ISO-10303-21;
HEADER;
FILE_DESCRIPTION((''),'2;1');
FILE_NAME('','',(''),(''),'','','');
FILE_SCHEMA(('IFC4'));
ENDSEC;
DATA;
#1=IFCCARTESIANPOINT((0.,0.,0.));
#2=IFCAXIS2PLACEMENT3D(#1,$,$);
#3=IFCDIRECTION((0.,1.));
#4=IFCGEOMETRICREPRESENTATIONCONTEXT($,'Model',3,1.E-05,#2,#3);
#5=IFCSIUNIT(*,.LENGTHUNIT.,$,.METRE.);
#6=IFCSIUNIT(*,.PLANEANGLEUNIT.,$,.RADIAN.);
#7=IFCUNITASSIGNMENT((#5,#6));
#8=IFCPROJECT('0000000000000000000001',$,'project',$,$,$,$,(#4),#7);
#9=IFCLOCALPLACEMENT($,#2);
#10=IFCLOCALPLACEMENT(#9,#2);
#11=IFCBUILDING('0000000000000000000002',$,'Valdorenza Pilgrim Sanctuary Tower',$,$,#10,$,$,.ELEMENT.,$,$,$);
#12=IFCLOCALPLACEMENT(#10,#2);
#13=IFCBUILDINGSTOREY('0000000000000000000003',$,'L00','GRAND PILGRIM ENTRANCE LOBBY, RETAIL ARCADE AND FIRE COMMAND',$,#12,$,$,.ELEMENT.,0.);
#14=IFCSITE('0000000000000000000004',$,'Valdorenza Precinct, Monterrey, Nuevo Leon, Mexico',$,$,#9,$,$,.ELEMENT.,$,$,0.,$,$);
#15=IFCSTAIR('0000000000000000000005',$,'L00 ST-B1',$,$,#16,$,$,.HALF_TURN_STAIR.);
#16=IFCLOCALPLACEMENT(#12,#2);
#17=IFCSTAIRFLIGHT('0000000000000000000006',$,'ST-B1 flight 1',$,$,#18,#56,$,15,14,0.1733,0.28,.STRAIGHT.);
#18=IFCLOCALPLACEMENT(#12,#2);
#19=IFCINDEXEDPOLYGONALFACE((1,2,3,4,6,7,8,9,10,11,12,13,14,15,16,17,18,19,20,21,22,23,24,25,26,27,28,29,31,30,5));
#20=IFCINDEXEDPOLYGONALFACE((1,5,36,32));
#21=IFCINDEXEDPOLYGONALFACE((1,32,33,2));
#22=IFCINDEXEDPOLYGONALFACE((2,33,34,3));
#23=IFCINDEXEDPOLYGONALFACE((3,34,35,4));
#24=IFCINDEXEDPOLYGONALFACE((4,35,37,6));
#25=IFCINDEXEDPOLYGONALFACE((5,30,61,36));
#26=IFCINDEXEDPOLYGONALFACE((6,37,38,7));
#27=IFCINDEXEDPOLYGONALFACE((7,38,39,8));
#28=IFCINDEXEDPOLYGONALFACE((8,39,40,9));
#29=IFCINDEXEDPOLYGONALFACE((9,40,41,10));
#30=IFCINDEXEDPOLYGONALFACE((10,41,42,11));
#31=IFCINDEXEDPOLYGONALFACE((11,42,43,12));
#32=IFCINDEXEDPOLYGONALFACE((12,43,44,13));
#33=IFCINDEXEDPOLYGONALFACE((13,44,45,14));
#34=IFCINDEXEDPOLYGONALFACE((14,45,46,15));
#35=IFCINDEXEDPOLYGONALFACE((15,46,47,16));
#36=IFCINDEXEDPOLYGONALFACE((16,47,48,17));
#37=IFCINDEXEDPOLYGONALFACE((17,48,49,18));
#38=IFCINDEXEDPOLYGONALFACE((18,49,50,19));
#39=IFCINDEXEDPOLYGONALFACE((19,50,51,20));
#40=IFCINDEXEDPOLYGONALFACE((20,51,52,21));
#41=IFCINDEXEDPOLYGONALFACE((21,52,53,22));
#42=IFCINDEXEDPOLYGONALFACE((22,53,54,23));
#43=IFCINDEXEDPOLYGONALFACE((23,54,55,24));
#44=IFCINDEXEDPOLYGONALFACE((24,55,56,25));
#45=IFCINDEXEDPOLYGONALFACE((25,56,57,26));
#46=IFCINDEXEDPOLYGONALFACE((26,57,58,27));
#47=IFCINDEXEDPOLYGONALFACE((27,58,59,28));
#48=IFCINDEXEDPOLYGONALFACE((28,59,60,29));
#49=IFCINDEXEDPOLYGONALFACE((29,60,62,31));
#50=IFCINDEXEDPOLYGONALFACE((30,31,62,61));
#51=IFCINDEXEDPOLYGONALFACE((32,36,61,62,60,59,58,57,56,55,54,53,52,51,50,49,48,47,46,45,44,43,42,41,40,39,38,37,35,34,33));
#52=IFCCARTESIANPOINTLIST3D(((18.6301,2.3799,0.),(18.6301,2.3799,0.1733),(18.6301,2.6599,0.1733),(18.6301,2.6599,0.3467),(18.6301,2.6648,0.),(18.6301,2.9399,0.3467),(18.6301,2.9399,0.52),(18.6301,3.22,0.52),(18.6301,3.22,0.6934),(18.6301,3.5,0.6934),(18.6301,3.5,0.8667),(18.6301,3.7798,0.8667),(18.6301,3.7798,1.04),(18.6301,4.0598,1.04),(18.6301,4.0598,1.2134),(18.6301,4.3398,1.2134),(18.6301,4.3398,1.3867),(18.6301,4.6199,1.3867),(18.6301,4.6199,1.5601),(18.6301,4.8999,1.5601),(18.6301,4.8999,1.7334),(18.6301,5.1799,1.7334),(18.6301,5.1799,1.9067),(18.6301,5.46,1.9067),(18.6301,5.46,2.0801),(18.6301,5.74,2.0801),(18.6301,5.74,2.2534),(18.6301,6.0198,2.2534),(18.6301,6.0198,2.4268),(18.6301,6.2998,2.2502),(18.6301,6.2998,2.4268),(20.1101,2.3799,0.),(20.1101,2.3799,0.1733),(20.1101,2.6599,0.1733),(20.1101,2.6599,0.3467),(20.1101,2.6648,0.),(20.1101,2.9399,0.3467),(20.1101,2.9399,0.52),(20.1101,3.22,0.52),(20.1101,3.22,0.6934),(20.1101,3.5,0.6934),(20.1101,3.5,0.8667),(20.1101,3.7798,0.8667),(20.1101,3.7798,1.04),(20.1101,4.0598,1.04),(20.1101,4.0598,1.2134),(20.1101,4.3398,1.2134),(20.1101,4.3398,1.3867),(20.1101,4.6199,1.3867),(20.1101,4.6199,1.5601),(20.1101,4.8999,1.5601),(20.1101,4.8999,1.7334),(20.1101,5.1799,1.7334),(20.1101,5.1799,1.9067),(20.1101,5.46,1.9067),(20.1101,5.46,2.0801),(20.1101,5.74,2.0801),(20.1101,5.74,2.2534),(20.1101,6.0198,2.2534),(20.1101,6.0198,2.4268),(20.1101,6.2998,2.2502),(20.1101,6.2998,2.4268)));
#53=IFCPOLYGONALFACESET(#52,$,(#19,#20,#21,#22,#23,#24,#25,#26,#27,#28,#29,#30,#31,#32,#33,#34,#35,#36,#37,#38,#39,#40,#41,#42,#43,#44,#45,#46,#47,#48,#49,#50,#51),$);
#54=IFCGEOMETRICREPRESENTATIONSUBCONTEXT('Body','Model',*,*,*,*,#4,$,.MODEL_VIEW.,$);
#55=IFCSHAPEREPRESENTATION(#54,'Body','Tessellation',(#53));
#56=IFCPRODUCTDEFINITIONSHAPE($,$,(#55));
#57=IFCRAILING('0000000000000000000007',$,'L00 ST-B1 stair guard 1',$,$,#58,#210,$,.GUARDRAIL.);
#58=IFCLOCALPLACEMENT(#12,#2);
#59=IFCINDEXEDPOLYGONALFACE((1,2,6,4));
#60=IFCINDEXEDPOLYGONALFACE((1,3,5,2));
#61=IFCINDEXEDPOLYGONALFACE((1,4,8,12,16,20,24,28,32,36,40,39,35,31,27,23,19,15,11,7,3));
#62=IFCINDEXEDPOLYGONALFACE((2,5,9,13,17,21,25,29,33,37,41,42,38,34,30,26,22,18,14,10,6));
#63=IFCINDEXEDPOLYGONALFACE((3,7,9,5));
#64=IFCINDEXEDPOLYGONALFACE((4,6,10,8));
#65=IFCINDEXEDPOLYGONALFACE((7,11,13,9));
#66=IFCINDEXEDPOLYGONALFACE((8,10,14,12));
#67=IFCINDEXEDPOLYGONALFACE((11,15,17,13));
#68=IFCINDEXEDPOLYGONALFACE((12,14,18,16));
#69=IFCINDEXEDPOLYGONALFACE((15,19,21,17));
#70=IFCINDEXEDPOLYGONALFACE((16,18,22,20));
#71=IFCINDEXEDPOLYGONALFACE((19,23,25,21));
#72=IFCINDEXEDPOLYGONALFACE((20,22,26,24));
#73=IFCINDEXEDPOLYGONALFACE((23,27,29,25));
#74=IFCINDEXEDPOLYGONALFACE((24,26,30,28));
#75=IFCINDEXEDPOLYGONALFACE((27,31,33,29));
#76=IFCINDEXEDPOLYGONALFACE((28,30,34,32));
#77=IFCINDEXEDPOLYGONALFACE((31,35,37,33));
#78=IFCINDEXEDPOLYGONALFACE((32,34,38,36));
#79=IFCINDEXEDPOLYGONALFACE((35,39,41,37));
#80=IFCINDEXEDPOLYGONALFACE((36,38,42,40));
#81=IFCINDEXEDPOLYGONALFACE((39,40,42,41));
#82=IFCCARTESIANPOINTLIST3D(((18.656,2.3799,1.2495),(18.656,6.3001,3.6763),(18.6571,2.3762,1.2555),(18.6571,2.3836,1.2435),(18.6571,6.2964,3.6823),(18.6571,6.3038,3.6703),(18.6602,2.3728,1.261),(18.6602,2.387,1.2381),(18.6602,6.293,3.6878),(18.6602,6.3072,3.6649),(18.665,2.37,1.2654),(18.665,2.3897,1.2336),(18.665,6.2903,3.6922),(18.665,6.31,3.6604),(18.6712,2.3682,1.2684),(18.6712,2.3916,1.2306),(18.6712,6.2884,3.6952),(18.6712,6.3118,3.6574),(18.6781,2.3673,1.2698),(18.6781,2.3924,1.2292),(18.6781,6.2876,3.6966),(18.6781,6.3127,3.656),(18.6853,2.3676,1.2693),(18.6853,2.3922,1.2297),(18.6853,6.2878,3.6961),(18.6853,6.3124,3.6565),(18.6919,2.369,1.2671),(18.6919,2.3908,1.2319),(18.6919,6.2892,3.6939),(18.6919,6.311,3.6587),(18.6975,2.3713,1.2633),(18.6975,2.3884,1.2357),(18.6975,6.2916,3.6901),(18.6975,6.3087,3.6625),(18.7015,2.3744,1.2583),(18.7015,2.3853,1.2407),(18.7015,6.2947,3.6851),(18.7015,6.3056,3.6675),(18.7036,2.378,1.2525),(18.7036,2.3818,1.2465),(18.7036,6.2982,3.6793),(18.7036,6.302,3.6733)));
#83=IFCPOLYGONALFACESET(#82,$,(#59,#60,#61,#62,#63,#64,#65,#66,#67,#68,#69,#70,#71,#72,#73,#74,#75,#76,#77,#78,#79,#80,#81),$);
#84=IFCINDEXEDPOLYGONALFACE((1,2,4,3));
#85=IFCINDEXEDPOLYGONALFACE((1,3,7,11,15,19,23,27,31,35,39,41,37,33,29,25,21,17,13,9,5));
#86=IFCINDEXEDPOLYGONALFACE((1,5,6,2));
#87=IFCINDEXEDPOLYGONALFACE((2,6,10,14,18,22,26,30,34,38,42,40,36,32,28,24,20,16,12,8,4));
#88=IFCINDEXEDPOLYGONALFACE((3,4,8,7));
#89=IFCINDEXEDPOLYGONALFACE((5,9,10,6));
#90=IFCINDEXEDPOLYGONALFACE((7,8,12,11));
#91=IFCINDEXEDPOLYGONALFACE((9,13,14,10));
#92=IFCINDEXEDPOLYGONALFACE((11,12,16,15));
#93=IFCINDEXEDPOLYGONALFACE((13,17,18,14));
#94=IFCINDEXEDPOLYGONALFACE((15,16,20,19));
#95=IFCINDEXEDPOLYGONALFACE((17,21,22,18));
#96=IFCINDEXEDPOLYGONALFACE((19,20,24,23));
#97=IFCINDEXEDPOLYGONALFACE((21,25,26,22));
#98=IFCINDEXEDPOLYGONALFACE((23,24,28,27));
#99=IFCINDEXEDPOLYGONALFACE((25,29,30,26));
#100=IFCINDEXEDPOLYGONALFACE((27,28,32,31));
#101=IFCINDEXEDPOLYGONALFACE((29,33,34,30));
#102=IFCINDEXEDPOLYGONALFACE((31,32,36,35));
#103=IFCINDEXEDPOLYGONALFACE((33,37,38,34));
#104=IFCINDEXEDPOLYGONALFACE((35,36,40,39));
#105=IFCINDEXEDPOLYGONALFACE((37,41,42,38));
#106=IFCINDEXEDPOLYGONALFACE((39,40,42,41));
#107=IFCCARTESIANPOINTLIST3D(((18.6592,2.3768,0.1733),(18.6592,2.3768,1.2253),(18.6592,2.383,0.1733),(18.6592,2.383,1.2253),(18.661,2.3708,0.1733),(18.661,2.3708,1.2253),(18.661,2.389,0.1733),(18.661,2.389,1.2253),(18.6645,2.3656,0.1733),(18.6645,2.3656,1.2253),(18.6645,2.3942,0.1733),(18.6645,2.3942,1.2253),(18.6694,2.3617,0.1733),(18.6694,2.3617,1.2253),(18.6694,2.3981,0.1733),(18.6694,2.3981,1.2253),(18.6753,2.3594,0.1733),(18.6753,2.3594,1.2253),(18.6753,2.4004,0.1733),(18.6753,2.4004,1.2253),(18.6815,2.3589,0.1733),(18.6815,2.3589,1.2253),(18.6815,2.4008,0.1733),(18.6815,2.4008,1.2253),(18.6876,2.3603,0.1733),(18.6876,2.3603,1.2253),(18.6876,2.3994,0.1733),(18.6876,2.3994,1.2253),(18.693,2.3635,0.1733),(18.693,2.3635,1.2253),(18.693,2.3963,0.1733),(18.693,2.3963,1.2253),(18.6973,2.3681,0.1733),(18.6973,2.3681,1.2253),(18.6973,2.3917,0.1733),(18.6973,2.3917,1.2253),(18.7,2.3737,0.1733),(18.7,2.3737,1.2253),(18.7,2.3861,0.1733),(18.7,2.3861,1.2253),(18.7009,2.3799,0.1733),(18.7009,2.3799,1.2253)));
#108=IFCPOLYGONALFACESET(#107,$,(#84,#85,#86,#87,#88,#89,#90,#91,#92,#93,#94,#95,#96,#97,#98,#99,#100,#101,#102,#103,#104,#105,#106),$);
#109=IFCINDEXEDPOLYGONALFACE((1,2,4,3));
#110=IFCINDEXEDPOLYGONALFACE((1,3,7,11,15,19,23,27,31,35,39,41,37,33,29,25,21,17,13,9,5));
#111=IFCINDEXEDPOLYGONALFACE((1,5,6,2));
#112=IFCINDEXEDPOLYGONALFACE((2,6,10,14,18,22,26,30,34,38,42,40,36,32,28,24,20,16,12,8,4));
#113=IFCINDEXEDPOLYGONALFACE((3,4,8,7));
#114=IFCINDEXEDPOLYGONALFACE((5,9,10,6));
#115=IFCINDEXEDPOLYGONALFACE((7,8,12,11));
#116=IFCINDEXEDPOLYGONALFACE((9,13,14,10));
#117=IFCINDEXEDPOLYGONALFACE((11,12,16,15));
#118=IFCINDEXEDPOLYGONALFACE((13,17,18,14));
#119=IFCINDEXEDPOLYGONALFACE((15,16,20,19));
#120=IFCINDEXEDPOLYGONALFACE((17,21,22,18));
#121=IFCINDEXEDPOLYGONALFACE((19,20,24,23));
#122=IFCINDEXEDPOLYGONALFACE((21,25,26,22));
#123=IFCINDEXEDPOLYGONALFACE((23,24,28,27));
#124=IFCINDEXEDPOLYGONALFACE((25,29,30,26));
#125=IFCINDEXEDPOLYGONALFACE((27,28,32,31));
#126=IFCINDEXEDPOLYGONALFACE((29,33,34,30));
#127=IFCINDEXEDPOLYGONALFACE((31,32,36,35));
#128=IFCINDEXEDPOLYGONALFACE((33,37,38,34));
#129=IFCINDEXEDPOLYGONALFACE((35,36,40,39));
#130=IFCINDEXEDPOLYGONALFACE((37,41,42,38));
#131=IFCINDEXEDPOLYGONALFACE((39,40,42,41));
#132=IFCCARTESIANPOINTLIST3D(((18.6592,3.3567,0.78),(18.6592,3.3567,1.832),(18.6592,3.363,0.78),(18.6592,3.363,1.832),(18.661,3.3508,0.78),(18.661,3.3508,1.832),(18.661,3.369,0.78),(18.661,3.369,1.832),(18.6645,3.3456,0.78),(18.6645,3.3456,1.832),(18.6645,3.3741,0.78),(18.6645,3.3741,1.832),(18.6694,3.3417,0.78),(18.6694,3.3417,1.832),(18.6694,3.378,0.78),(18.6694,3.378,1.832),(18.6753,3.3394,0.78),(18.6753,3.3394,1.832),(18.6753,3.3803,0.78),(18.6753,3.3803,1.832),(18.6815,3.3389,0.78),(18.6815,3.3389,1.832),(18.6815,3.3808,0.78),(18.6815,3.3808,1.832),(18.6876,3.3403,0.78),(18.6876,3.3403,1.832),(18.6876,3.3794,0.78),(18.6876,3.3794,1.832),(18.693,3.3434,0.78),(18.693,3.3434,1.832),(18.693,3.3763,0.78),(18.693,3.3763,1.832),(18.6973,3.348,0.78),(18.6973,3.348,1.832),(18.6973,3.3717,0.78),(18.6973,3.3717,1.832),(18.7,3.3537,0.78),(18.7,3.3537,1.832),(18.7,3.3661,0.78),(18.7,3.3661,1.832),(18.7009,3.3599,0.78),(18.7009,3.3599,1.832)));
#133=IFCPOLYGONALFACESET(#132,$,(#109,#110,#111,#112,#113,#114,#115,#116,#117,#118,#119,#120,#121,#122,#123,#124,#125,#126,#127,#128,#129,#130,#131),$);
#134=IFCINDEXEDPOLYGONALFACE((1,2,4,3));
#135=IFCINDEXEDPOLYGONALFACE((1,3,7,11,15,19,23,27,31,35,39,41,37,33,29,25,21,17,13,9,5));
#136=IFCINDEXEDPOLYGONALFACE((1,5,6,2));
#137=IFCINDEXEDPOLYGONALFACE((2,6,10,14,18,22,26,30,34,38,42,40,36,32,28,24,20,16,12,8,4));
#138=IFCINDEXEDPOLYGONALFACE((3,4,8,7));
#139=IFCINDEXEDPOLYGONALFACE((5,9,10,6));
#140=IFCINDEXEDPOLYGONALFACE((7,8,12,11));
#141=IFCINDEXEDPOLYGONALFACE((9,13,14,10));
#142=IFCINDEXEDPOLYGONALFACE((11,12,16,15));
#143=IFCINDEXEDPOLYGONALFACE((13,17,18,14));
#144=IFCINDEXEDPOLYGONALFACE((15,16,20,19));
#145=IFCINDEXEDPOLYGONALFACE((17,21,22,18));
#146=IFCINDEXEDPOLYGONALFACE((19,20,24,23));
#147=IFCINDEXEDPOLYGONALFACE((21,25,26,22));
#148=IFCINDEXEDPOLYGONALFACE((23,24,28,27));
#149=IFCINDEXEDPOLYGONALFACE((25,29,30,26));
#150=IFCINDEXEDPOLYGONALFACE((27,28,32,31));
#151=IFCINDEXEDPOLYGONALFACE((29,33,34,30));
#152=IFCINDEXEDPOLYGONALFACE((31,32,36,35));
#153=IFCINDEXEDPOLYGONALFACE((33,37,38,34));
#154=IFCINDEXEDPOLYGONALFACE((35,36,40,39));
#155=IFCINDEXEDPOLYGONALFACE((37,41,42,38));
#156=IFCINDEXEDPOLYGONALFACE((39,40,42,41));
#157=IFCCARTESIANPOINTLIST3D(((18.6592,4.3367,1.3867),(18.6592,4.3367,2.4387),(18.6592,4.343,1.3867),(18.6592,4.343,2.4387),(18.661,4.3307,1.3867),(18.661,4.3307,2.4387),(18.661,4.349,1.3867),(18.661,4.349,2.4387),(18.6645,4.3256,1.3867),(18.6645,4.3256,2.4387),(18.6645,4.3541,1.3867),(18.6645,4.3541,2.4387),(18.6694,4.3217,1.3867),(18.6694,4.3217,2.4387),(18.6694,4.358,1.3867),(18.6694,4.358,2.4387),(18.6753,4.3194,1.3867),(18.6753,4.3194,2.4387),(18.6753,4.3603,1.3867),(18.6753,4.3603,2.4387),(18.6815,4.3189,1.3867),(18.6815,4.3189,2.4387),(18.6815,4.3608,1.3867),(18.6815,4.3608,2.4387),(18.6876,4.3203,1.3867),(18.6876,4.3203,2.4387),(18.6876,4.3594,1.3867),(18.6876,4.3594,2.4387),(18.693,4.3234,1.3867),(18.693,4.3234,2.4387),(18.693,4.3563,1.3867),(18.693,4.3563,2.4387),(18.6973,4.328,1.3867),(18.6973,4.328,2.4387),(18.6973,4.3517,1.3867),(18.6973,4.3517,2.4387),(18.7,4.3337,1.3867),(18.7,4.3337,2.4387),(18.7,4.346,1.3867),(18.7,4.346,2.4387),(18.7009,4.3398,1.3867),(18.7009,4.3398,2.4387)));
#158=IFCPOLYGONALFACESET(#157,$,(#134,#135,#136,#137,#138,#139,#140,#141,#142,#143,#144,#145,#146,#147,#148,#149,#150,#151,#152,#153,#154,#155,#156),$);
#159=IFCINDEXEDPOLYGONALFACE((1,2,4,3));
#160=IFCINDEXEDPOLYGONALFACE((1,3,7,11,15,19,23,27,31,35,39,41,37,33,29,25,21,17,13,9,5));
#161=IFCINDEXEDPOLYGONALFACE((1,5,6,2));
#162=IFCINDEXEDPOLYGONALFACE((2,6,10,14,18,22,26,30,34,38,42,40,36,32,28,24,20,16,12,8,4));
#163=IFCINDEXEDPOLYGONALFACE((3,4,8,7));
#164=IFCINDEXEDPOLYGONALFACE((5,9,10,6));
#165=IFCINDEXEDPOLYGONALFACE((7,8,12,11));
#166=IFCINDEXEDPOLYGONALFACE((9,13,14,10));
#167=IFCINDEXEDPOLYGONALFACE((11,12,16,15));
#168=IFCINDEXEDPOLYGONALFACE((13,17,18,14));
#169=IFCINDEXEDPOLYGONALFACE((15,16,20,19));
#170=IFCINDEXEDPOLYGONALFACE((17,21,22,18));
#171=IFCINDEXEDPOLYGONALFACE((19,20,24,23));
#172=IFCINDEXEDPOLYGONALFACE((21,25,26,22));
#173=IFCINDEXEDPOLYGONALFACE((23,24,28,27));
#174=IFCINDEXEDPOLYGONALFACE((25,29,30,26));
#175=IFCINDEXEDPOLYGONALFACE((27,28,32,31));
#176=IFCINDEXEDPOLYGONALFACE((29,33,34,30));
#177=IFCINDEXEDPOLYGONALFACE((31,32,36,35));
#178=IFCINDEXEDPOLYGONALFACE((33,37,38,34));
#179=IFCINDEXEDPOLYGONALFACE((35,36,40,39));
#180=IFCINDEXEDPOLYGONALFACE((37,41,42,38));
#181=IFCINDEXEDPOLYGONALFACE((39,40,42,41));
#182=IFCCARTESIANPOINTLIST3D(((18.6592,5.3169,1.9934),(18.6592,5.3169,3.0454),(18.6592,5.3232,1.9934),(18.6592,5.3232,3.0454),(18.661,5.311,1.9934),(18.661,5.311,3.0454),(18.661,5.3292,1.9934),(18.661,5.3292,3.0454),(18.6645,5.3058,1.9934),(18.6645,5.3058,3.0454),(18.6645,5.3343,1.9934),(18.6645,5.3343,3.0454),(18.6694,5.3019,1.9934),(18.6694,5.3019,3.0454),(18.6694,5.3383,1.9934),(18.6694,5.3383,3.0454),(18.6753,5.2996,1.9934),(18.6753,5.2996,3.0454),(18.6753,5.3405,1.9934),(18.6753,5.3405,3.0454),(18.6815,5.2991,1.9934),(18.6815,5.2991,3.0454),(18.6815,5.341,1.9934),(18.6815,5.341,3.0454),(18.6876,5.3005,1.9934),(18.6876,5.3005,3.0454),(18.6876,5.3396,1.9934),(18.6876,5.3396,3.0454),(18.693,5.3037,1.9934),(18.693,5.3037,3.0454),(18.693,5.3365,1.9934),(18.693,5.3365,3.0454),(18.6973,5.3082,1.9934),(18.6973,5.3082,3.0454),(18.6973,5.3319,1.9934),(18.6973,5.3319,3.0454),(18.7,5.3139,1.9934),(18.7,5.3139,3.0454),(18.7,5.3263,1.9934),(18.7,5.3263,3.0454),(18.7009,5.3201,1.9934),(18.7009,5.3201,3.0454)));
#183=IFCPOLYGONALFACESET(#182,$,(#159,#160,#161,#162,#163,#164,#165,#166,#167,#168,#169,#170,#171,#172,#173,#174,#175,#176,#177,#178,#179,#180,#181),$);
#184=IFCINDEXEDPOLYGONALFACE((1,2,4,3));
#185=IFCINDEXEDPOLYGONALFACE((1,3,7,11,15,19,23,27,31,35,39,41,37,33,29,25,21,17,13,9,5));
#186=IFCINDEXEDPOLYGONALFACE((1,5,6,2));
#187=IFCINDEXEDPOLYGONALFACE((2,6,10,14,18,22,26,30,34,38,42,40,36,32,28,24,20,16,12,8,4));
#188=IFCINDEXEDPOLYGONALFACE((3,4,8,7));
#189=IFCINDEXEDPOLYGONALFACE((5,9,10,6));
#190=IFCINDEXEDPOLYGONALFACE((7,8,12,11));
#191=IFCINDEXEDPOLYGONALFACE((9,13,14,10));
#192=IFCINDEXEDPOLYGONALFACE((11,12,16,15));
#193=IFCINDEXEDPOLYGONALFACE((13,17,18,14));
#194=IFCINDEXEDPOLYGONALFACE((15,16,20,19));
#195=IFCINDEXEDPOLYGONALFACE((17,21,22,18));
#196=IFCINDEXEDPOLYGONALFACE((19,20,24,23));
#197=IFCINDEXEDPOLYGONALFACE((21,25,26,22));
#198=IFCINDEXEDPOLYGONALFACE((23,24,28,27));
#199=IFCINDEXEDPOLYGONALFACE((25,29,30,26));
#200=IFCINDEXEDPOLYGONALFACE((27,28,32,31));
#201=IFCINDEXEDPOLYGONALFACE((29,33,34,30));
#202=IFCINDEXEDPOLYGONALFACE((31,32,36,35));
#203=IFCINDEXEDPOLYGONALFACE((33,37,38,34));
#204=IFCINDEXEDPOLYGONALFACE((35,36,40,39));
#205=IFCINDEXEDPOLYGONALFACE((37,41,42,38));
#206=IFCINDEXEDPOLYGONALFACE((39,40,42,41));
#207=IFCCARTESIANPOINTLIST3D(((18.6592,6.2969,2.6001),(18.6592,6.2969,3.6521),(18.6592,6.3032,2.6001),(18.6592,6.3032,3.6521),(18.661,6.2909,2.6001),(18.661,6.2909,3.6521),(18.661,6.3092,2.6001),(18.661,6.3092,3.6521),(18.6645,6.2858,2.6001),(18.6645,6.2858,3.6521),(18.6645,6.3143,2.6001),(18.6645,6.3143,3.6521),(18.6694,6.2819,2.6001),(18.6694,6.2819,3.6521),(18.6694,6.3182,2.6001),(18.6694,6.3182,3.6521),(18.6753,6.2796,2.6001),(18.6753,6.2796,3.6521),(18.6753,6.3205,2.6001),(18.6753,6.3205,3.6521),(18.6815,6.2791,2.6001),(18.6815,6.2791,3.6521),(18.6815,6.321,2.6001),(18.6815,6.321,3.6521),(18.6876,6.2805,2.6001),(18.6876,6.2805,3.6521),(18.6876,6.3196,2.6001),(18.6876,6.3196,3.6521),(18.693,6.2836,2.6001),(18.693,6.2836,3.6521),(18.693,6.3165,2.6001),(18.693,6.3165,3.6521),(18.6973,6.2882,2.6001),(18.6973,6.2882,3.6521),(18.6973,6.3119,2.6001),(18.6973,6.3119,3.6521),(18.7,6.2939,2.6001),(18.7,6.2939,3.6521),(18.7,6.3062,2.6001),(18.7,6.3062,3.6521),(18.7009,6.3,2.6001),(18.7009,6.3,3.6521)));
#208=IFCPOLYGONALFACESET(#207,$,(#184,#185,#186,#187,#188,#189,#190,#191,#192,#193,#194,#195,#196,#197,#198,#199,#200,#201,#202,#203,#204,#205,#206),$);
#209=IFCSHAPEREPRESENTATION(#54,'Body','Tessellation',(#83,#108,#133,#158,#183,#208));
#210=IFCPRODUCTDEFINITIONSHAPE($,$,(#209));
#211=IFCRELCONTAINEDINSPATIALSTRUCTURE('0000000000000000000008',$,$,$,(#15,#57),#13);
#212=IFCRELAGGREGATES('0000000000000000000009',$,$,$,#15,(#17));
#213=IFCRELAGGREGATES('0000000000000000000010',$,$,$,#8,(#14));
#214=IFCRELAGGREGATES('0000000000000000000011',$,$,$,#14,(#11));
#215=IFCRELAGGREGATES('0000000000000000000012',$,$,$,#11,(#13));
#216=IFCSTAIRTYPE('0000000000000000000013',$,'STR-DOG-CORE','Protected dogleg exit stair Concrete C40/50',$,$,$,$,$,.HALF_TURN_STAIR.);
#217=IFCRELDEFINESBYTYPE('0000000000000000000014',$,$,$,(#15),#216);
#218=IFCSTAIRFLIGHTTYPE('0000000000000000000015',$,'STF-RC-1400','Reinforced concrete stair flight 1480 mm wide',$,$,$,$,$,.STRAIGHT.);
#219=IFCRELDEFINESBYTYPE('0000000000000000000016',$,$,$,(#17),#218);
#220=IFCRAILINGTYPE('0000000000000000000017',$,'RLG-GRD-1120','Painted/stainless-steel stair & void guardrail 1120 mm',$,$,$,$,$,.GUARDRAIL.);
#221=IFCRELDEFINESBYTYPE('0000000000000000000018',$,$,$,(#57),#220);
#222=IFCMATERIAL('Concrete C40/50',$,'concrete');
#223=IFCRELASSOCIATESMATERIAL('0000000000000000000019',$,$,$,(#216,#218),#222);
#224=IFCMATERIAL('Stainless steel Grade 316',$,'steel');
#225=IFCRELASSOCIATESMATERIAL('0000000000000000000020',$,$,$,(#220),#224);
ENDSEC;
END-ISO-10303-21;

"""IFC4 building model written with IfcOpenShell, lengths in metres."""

from ifc_helpers import new_model, si_unit, direction, frame, origin, origin_2d, place, context, subcontext, project, spatial, polyline, circle, outline, extrude, material, type_object, element, aggregate, save


model = new_model("IFC4")

# Units and contexts
model_context = context("Model", 3, precision=1e-05, world=origin(), true_north=direction((0.0, 1.0)))
body_context = subcontext(model_context, "Body", "Model", "MODEL_VIEW")
ifc_project = project(units=[si_unit("LENGTHUNIT", "METRE"), si_unit("PLANEANGLEUNIT", "RADIAN")], contexts=[model_context])

# Site, building, storey
site_placement = place(None, origin())
site = spatial("IfcSite", under=ifc_project, at=site_placement, Name="Valdorenza Precinct, Monterrey, Nuevo Leon, Mexico", CompositionType="ELEMENT", RefElevation=0.0)
building_placement = place(site_placement, origin())
building = spatial("IfcBuilding", under=site, at=building_placement, Name="Valdorenza Pilgrim Sanctuary Tower", CompositionType="ELEMENT")
storey_placement = place(building_placement, origin())
storey = spatial("IfcBuildingStorey", under=building, at=storey_placement, Name="L00", Description="GRAND PILGRIM ENTRANCE LOBBY, RETAIL ARCADE AND FIRE COMMAND", CompositionType="ELEMENT", Elevation=0.0)

# Shared definitions
ifc_material_1 = material(Name="Concrete C40/50", Category="concrete")

# Stair, stair flight
stair_type = type_object("IfcStairType", Name="STR-DOG-CORE", Description="Protected dogleg exit stair Concrete C40/50", PredefinedType="HALF_TURN_STAIR", material=ifc_material_1)
stair_placement = place(storey_placement, origin())
stair = element("IfcStair", 1, at=stair_placement, inside=storey, type_object=stair_type, Name="L00 ST-B1", PredefinedType="HALF_TURN_STAIR")
stair_flight_type = type_object("IfcStairFlightType", Name="STF-RC-1400", Description="Reinforced concrete stair flight 1480 mm wide", PredefinedType="STRAIGHT", material=ifc_material_1)
stair_flight_placement = place(storey_placement, frame((19.3701, 2.3799, 0.0), z_axis=(0.0, 0.0, 1.0), x_axis=(0.0, 1.0, 0.0)))
stair_flight = element("IfcStairFlight", 2, at=stair_flight_placement, type_object=stair_flight_type, Name="ST-B1 flight 1", NumberOfRisers=15, NumberOfTreads=14, PredefinedType="STRAIGHT", RiserHeight=0.1733, TreadLength=0.28, context=body_context, shape_type="SweptSolid", body=[
    extrude(outline(polyline([(0.0, 0.0), (0.0, 0.1733), (0.28, 0.1733), (0.28, 0.3467), (0.5601, 0.3467), (0.5601, 0.52), (0.8401, 0.52), (0.8401, 0.6934), (1.1201, 0.6934), (1.1201, 0.8667), (1.3999, 0.8667), (1.3999, 1.04), (1.6799, 1.04), (1.6799, 1.2134), (1.96, 1.2134), (1.96, 1.3867), (2.24, 1.3867), (2.24, 1.5601), (2.52, 1.5601), (2.52, 1.7334), (2.8, 1.7334), (2.8, 1.9067), (3.0801, 1.9067), (3.0801, 2.0801), (3.3601, 2.0801), (3.3601, 2.2534), (3.6399, 2.2534), (3.6399, 2.4268), (3.9199, 2.4268), (3.9199, 2.6001), (3.9199, 2.2502), (0.2849, 0.0), (0.0, 0.0)])), frame((0.0, 0.74, 0.0), z_axis=(0.0, -1.0, 0.0), x_axis=(1.0, 0.0, 0.0)), (0.0, 0.0, 1.0), 1.48),
])
aggregate(stair, [stair_flight])

# Railing
ifc_material_2 = material(Name="Stainless steel Grade 316", Category="steel")
railing_type_1 = type_object("IfcRailingType", Name="RLG-GRD-1120", Description="Painted/stainless-steel stair & void guardrail 1120 mm", PredefinedType="GUARDRAIL", material=ifc_material_2)
railing_1_placement = place(storey_placement, frame((18.6799, 2.3799, 0.1733)))
element("IfcRailing", 3, at=railing_1_placement, inside=storey, type_object=railing_type_1, Name="L00 ST-B1 stair guard 1", PredefinedType="GUARDRAIL", context=body_context, shape_type="SweptSolid", body=[
    extrude(circle(Radius=0.0239, at=origin_2d()), frame((0.0, 0.0, 1.0762), z_axis=(0.0, 0.850266, 0.526353), x_axis=(-1.0, 0.0, 0.0)), (0.0, 0.0, 1.0), 4.6106),
    extrude(circle(Radius=0.021, at=origin_2d()), origin(), (0.0, 0.0, 1.0), 1.052),
    extrude(circle(Radius=0.021, at=origin_2d()), frame((0.0, 0.98, 0.6067)), (0.0, 0.0, 1.0), 1.052),
    extrude(circle(Radius=0.021, at=origin_2d()), frame((0.0, 1.96, 1.2134)), (0.0, 0.0, 1.0), 1.052),
    extrude(circle(Radius=0.021, at=origin_2d()), frame((0.0, 2.9402, 1.8201)), (0.0, 0.0, 1.0), 1.052),
    extrude(circle(Radius=0.021, at=origin_2d()), frame((0.0, 3.9202, 2.4268)), (0.0, 0.0, 1.0), 1.052),
])

save(model, "model.ifc")
